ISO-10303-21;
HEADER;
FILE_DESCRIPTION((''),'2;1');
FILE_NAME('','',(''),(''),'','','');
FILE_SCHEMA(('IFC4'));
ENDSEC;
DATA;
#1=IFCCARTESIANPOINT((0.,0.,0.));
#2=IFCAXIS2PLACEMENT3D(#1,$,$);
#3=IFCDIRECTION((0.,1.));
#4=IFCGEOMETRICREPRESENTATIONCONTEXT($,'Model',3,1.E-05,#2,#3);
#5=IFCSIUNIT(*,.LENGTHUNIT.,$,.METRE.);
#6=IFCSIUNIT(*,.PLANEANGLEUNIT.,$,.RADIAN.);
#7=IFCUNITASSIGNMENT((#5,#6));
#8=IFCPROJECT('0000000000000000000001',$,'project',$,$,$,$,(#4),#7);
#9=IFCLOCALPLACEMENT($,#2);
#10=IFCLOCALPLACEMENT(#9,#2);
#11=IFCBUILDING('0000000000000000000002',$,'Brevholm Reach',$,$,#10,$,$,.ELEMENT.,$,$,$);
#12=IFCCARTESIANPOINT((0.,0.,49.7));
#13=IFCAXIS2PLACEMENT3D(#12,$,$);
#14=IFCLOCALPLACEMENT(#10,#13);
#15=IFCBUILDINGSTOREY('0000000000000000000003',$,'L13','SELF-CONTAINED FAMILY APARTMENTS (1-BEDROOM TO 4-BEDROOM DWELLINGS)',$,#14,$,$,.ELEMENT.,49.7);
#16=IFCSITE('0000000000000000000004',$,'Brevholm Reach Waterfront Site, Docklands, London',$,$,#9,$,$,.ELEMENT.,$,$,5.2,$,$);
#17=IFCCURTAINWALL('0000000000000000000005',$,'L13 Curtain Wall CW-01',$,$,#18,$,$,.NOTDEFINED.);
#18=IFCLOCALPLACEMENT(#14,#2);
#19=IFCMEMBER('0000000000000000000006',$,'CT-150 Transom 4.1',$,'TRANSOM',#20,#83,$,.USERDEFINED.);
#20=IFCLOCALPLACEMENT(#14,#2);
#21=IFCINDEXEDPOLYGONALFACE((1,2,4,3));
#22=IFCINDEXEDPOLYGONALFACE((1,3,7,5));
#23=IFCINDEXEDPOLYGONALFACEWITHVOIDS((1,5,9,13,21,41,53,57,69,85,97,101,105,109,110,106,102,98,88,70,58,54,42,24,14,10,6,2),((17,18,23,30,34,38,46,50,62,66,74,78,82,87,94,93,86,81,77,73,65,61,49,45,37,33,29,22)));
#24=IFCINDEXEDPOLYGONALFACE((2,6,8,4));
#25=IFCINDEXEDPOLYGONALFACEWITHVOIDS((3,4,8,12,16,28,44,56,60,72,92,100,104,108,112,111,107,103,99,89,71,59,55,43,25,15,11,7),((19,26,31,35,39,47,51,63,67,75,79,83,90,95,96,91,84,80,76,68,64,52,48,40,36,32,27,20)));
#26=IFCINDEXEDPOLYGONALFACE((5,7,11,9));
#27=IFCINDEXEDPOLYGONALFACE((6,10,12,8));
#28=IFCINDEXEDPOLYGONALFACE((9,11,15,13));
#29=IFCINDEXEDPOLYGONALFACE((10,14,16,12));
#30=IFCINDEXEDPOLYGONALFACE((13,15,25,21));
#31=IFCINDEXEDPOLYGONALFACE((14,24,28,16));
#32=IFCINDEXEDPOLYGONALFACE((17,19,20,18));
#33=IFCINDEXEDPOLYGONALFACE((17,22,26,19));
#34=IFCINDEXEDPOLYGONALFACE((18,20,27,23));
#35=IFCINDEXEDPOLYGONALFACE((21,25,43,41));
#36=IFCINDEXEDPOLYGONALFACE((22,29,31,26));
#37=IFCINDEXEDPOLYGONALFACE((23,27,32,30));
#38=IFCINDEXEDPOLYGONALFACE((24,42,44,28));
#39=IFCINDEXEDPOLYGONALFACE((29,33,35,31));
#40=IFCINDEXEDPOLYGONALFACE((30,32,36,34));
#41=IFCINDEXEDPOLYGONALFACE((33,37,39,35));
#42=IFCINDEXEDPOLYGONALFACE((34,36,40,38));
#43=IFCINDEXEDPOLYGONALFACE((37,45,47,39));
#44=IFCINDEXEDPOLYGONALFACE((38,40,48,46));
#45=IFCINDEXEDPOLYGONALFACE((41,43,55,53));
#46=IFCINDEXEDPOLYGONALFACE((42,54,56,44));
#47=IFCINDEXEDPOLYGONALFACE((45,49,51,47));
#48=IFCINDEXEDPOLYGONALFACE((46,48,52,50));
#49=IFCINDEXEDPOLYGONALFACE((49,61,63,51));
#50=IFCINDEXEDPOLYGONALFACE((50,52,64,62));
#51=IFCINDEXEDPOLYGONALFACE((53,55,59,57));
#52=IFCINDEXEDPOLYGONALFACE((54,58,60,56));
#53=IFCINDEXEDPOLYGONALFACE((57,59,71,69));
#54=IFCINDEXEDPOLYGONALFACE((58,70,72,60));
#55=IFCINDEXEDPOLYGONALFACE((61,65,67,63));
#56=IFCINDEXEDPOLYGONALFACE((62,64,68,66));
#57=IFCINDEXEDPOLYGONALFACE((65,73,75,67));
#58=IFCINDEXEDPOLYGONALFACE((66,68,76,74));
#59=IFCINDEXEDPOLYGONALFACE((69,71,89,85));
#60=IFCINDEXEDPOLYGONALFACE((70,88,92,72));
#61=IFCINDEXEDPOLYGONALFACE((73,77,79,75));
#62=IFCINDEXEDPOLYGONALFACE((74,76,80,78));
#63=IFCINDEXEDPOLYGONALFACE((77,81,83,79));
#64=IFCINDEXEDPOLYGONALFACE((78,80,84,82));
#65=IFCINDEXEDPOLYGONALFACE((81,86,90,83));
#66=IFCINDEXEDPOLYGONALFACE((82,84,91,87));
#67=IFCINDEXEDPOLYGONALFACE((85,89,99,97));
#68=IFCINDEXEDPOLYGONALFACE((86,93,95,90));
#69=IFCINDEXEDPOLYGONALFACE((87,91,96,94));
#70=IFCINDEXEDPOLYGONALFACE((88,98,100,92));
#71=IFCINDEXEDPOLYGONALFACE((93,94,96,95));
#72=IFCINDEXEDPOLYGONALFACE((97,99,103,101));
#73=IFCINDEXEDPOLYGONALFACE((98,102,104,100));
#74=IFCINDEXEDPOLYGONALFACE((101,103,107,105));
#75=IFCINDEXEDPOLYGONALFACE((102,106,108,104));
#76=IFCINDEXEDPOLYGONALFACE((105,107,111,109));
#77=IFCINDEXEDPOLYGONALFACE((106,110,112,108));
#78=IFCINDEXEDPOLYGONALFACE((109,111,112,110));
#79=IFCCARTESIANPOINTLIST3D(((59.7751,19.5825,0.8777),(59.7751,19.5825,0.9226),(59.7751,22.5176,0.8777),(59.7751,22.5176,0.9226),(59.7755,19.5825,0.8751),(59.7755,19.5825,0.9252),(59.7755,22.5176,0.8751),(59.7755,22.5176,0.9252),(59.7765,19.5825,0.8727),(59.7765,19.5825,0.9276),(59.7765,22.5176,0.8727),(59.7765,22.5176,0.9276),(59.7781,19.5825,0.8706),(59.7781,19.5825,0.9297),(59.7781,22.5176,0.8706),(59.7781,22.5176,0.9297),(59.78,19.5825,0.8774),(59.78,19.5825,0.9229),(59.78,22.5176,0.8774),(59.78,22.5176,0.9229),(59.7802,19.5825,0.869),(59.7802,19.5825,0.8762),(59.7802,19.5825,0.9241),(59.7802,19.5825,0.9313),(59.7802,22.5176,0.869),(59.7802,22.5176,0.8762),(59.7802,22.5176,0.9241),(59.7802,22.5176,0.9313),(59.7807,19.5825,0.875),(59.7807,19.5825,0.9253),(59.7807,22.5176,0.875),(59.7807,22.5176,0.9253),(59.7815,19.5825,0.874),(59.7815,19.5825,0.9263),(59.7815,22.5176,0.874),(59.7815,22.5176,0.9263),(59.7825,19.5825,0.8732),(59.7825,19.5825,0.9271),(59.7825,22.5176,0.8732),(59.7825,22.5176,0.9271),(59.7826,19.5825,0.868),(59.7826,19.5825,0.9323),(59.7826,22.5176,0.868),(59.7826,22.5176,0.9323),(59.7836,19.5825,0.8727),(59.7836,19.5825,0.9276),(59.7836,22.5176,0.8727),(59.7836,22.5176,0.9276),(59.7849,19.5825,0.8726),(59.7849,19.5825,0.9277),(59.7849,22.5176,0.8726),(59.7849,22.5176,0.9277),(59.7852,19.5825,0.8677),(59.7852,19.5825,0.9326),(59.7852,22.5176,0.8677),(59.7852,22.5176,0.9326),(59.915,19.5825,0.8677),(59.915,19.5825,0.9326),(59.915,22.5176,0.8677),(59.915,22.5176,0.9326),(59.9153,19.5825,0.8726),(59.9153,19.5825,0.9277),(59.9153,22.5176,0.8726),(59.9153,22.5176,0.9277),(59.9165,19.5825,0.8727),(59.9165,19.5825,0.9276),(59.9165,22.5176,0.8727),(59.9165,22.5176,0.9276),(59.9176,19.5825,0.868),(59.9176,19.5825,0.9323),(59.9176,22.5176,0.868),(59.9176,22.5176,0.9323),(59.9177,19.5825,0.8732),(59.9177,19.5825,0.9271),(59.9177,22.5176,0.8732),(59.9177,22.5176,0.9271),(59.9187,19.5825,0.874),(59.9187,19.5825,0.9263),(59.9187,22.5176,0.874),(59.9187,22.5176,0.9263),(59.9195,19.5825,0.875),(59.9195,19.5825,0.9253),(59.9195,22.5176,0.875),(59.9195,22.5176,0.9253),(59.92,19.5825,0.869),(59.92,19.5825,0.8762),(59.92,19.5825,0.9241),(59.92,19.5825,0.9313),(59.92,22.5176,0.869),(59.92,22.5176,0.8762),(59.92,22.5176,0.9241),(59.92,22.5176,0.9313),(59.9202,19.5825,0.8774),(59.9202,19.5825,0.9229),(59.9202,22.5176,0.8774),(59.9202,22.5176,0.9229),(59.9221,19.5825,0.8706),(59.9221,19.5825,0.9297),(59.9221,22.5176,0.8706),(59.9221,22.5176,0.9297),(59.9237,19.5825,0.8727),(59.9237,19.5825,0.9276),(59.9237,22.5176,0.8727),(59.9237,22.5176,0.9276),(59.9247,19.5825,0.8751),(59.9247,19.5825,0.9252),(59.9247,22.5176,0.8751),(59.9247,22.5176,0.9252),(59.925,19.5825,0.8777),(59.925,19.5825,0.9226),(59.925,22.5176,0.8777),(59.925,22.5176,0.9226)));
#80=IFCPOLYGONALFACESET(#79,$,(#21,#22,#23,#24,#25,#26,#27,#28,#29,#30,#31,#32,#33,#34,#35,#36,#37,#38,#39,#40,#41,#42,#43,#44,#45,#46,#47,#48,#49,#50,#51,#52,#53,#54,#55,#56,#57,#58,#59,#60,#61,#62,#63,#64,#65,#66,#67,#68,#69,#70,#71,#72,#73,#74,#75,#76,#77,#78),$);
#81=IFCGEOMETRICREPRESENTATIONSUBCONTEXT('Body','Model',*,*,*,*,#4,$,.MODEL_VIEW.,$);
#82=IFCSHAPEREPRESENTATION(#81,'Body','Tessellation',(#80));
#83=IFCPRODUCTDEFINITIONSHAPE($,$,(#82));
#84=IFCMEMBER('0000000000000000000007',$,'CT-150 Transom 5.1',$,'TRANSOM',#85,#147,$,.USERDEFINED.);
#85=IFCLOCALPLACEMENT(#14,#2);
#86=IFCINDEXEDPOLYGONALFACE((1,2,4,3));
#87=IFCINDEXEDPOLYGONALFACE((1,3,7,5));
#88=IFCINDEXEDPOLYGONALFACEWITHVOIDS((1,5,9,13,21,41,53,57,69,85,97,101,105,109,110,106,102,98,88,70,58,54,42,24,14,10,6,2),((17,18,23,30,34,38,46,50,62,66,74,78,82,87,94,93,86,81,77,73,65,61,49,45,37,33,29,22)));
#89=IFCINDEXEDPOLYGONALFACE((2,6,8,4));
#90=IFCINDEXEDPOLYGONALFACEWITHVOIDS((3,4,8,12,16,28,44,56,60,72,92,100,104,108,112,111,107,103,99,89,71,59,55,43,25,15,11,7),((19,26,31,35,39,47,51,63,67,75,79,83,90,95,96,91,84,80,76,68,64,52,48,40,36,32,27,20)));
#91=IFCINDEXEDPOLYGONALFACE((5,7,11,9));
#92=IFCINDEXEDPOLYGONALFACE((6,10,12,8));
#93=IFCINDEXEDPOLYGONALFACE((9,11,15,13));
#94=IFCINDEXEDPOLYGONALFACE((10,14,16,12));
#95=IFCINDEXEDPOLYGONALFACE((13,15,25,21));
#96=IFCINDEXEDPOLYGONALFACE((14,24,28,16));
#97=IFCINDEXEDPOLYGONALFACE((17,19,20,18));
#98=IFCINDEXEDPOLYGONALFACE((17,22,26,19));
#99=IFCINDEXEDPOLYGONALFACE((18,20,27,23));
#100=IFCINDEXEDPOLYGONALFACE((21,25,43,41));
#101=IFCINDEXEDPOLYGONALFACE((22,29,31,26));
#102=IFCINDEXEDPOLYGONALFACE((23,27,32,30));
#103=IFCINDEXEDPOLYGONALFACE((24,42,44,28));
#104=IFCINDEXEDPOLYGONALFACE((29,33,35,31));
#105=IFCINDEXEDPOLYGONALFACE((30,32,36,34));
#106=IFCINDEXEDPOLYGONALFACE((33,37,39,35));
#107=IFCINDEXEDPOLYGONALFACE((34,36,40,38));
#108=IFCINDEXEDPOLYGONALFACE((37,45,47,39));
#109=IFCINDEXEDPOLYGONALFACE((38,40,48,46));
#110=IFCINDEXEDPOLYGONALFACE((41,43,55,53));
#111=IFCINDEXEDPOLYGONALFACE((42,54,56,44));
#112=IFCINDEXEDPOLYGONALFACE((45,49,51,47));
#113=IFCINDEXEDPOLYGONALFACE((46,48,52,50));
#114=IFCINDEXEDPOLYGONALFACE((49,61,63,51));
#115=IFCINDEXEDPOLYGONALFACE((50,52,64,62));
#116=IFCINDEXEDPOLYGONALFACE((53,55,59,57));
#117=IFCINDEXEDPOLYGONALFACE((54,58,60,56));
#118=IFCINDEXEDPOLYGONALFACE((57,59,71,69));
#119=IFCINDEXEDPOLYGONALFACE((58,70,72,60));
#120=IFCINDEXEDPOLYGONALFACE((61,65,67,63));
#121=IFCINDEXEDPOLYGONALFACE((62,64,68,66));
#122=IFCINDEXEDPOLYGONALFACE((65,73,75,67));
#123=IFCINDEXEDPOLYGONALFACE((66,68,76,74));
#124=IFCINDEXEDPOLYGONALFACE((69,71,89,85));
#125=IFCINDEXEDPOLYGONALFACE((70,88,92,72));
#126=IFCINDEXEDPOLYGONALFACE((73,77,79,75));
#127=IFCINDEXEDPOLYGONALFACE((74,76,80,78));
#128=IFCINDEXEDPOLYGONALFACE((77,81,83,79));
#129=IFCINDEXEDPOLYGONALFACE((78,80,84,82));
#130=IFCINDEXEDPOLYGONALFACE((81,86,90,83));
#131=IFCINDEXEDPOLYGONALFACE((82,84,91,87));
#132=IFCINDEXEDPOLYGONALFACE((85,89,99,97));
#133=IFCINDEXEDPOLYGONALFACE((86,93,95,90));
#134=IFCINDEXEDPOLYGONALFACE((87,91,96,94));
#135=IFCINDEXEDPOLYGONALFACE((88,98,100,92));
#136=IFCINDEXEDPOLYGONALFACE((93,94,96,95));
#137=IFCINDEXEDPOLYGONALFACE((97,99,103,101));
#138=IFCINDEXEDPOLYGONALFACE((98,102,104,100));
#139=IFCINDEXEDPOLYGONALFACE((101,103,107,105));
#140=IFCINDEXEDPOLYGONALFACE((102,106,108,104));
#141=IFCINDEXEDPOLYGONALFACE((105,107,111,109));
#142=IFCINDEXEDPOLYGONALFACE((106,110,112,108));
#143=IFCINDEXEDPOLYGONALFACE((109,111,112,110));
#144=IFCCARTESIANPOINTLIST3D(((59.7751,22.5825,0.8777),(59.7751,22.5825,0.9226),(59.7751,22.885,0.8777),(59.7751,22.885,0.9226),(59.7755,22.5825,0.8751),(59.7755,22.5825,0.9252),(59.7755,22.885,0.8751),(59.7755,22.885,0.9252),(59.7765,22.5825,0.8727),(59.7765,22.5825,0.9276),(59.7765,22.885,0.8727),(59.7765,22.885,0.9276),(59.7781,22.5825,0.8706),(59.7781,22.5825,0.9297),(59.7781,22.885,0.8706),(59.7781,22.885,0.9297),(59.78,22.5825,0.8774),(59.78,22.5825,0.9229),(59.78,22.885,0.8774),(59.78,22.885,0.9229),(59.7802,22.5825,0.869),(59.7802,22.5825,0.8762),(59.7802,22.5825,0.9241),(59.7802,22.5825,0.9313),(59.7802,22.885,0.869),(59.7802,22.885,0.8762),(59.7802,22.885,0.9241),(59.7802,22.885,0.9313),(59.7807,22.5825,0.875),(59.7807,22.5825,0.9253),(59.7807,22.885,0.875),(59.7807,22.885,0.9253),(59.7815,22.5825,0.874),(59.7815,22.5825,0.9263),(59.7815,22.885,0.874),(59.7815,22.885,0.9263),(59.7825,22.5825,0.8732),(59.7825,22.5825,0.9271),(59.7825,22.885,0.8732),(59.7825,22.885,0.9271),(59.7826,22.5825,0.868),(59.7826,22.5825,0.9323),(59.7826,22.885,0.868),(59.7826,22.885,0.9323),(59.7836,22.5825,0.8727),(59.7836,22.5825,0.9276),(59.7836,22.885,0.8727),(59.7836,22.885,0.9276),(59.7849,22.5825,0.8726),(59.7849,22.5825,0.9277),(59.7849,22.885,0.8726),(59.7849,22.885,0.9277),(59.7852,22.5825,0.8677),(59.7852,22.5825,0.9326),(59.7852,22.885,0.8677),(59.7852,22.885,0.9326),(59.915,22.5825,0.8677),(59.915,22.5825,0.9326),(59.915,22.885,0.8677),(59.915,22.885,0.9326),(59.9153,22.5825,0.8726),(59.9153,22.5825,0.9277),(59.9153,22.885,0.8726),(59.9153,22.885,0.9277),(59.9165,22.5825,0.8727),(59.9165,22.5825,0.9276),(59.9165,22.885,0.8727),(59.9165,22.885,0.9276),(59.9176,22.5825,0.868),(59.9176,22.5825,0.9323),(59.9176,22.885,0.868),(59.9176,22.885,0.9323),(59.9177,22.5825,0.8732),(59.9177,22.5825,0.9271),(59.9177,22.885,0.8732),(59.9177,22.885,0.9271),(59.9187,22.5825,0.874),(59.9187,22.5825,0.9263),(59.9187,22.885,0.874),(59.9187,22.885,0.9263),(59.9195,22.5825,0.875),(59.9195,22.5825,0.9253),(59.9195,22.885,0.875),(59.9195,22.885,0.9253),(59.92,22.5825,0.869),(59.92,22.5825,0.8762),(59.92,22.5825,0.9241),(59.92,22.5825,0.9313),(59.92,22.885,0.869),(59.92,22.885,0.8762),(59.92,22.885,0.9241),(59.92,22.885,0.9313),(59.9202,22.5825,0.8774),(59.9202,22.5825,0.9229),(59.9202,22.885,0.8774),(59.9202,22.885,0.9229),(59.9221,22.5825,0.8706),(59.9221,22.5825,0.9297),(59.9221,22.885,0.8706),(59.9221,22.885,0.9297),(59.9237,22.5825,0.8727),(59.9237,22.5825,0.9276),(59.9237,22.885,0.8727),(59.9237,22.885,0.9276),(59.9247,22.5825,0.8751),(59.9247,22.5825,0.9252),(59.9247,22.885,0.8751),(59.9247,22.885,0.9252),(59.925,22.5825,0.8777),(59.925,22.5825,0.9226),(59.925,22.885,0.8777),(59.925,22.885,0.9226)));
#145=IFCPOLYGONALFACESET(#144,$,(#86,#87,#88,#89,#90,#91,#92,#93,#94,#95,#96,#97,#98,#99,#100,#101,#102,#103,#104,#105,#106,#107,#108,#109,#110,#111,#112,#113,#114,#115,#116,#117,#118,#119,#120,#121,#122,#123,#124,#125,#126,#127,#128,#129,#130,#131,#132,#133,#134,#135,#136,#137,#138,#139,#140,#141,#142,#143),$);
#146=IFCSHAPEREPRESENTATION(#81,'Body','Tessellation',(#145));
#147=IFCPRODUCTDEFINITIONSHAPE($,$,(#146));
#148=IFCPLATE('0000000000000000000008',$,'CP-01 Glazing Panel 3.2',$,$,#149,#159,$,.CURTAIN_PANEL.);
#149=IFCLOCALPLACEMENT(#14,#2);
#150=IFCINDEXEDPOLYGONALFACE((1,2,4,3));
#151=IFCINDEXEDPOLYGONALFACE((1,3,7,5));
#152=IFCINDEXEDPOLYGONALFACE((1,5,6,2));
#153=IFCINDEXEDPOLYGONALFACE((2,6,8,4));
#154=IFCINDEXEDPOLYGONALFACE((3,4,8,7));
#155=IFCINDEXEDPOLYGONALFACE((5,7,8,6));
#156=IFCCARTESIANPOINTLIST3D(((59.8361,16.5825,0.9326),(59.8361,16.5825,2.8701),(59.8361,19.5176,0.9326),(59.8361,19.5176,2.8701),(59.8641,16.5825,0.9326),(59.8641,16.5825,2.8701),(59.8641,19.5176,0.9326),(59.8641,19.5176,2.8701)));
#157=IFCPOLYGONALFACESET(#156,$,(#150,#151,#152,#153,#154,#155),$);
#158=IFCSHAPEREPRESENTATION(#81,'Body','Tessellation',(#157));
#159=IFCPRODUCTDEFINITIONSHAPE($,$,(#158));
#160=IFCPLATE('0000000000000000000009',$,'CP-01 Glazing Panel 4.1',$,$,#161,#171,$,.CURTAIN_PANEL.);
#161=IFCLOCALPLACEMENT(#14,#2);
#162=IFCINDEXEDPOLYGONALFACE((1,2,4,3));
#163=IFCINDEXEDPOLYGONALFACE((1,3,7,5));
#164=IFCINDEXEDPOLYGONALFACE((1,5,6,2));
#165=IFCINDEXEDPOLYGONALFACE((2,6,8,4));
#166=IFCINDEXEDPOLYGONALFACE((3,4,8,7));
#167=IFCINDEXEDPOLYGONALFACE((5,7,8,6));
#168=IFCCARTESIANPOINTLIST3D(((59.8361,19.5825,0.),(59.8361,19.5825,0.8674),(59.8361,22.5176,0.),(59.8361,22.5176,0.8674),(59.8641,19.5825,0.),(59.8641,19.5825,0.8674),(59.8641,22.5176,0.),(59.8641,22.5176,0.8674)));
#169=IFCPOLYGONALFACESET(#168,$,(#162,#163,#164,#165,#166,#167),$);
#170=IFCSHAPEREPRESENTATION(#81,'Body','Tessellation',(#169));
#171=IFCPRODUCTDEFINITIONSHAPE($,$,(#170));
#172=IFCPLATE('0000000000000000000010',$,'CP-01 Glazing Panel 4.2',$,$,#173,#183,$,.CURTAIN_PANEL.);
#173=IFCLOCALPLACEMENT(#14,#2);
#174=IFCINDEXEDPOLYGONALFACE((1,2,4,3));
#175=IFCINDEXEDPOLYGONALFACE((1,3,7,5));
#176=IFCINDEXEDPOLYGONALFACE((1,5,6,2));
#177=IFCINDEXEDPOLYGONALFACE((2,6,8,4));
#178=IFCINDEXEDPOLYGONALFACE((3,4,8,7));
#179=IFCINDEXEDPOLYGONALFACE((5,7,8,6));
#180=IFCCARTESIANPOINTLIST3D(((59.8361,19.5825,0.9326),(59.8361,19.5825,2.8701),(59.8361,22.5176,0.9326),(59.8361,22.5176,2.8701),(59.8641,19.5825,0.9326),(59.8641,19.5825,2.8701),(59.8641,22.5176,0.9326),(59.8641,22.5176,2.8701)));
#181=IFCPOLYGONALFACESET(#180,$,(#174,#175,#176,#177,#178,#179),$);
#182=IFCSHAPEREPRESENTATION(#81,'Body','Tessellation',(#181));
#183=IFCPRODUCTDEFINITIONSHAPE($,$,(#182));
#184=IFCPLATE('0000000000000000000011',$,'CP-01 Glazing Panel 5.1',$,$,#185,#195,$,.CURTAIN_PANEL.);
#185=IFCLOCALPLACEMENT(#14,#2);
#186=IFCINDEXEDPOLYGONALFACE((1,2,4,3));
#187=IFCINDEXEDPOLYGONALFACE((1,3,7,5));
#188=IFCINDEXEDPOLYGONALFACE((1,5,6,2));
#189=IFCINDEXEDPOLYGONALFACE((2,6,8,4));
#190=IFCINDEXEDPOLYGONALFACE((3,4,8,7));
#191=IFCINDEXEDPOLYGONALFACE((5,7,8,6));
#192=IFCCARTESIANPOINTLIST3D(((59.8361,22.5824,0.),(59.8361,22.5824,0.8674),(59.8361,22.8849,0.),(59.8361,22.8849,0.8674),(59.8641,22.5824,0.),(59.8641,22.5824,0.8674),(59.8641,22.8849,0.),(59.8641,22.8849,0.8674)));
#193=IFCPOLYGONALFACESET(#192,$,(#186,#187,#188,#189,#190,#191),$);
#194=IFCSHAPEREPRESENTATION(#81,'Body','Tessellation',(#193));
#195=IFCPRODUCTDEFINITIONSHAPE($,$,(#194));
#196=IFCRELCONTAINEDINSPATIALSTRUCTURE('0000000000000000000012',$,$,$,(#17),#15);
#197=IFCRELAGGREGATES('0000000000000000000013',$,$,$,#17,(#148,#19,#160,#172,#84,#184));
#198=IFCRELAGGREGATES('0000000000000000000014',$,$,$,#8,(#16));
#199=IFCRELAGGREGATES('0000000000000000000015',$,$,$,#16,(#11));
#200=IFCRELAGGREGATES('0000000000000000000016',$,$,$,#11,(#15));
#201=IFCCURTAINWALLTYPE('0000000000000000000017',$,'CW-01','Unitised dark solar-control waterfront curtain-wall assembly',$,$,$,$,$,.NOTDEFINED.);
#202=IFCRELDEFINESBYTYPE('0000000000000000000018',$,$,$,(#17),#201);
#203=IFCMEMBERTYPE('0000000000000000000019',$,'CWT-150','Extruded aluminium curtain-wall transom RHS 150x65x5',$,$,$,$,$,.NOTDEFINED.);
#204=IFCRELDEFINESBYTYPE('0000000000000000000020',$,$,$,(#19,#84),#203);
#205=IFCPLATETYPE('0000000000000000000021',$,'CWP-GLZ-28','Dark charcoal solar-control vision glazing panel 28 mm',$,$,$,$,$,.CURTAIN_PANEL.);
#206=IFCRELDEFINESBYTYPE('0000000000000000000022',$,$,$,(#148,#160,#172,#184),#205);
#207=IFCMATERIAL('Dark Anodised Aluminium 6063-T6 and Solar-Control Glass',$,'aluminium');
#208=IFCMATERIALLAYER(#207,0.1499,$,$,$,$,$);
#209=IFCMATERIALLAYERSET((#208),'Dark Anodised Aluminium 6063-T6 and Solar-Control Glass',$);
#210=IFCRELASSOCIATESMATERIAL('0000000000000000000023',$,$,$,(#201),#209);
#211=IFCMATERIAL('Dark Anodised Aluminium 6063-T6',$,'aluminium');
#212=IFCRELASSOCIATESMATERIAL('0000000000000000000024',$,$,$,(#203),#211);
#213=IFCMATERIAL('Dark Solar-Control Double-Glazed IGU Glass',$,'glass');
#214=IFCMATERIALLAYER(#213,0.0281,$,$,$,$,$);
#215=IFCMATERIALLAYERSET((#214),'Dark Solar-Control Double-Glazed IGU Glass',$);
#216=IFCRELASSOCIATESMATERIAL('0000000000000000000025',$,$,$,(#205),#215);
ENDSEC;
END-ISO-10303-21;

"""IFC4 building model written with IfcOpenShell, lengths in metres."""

from ifc_helpers import new_model, si_unit, direction, frame, origin, origin_2d, place, context, subcontext, project, spatial, rectangle, hollow_rectangle, extrude, material, layer, layer_set, material_profile, profile_set, type_object, element, aggregate, save


model = new_model("IFC4")

# Units and contexts
model_context = context("Model", 3, precision=1e-05, world=origin(), true_north=direction((0.0, 1.0)))
body_context = subcontext(model_context, "Body", "Model", "MODEL_VIEW")
ifc_project = project(units=[si_unit("LENGTHUNIT", "METRE"), si_unit("PLANEANGLEUNIT", "RADIAN")], contexts=[model_context])

# Site, building, storey
site_placement = place(None, origin())
site = spatial("IfcSite", under=ifc_project, at=site_placement, Name="Brevholm Reach Waterfront Site, Docklands, London", CompositionType="ELEMENT", RefElevation=5.2)
building_placement = place(site_placement, origin())
building = spatial("IfcBuilding", under=site, at=building_placement, Name="Brevholm Reach", CompositionType="ELEMENT")
storey_placement = place(building_placement, frame((0.0, 0.0, 49.7)))
storey = spatial("IfcBuildingStorey", under=building, at=storey_placement, Name="L13", Description="SELF-CONTAINED FAMILY APARTMENTS (1-BEDROOM TO 4-BEDROOM DWELLINGS)", CompositionType="ELEMENT", Elevation=49.7)

# Curtain wall, members, plates
ifc_material_1 = material(Name="Dark Anodised Aluminium 6063-T6 and Solar-Control Glass", Category="aluminium")
ifc_layer_1 = layer(ifc_material_1, 0.1499)
ifc_layer_set_1 = layer_set([ifc_layer_1], Name="Dark Anodised Aluminium 6063-T6 and Solar-Control Glass")
curtain_wall_type = type_object("IfcCurtainWallType", Name="CW-01", Description="Unitised dark solar-control waterfront curtain-wall assembly", PredefinedType="NOTDEFINED", material=ifc_layer_set_1)
curtain_wall_placement = place(storey_placement, origin())
curtain_wall = element("IfcCurtainWall", 1, at=curtain_wall_placement, inside=storey, type_object=curtain_wall_type, Name="L13 Curtain Wall CW-01", PredefinedType="NOTDEFINED")
ifc_material_2 = material(Name="Dark Anodised Aluminium 6063-T6", Category="aluminium")
ifc_material_profile_1 = material_profile(ifc_material_2, hollow_rectangle(XDim=0.0649, YDim=0.1499, WallThickness=0.0049, InnerFilletRadius=0.0049, OuterFilletRadius=0.01, at=origin_2d()), Name="RHS 150x65x5")
ifc_profile_set_1 = profile_set([ifc_material_profile_1], Name="Dark Anodised Aluminium 6063-T6")
member_type_1 = type_object("IfcMemberType", Name="CWT-150", Description="Extruded aluminium curtain-wall transom RHS 150x65x5", PredefinedType="NOTDEFINED", material=ifc_profile_set_1)
member_1_placement = place(storey_placement, frame((59.8501, 19.5825, 0.9001), z_axis=(0.0, 1.0, 0.0), x_axis=(0.0, 0.0, 1.0)))
member_1 = element("IfcMember", 2, at=member_1_placement, type_object=member_type_1, Name="CT-150 Transom 4.1", ObjectType="TRANSOM", PredefinedType="USERDEFINED", context=body_context, shape_type="SweptSolid", body=[
    extrude(hollow_rectangle(XDim=0.0649, YDim=0.1499, WallThickness=0.0049, InnerFilletRadius=0.0049, OuterFilletRadius=0.01, at=origin_2d()), origin(), (0.0, 0.0, 1.0), 2.9351),
])
member_2_placement = place(storey_placement, frame((59.8501, 22.5825, 0.9001), z_axis=(0.0, 1.0, 0.0), x_axis=(0.0, 0.0, 1.0)))
member_2 = element("IfcMember", 3, at=member_2_placement, type_object=member_type_1, Name="CT-150 Transom 5.1", ObjectType="TRANSOM", PredefinedType="USERDEFINED", context=body_context, shape_type="SweptSolid", body=[
    extrude(hollow_rectangle(XDim=0.0649, YDim=0.1499, WallThickness=0.0049, InnerFilletRadius=0.0049, OuterFilletRadius=0.01, at=origin_2d()), origin(), (0.0, 0.0, 1.0), 0.3025),
])
ifc_material_3 = material(Name="Dark Solar-Control Double-Glazed IGU Glass", Category="glass")
ifc_layer_2 = layer(ifc_material_3, 0.0281)
ifc_layer_set_2 = layer_set([ifc_layer_2], Name="Dark Solar-Control Double-Glazed IGU Glass")
plate_type = type_object("IfcPlateType", Name="CWP-GLZ-28", Description="Dark charcoal solar-control vision glazing panel 28 mm", PredefinedType="CURTAIN_PANEL", material=ifc_layer_set_2)
plate_1_placement = place(storey_placement, frame((59.8501, 18.05, 0.9326), z_axis=(0.0, 0.0, 1.0), x_axis=(0.0, 1.0, 0.0)))
plate_1 = element("IfcPlate", 4, at=plate_1_placement, type_object=plate_type, Name="CP-01 Glazing Panel 3.2", PredefinedType="CURTAIN_PANEL", context=body_context, shape_type="SweptSolid", body=[
    extrude(rectangle(XDim=2.9351, YDim=0.0281, at=origin_2d()), origin(), (0.0, 0.0, 1.0), 1.9375),
])
plate_2_placement = place(storey_placement, frame((59.8501, 21.05, 0.0), z_axis=(0.0, 0.0, 1.0), x_axis=(0.0, 1.0, 0.0)))
plate_2 = element("IfcPlate", 5, at=plate_2_placement, type_object=plate_type, Name="CP-01 Glazing Panel 4.1", PredefinedType="CURTAIN_PANEL", context=body_context, shape_type="SweptSolid", body=[
    extrude(rectangle(XDim=2.9351, YDim=0.0281, at=origin_2d()), origin(), (0.0, 0.0, 1.0), 0.8674),
])
plate_3_placement = place(storey_placement, frame((59.8501, 21.05, 0.9326), z_axis=(0.0, 0.0, 1.0), x_axis=(0.0, 1.0, 0.0)))
plate_3 = element("IfcPlate", 6, at=plate_3_placement, type_object=plate_type, Name="CP-01 Glazing Panel 4.2", PredefinedType="CURTAIN_PANEL", context=body_context, shape_type="SweptSolid", body=[
    extrude(rectangle(XDim=2.9351, YDim=0.0281, at=origin_2d()), origin(), (0.0, 0.0, 1.0), 1.9375),
])
plate_4_placement = place(storey_placement, frame((59.8501, 22.7336, 0.0), z_axis=(0.0, 0.0, 1.0), x_axis=(0.0, 1.0, 0.0)))
plate_4 = element("IfcPlate", 7, at=plate_4_placement, type_object=plate_type, Name="CP-01 Glazing Panel 5.1", PredefinedType="CURTAIN_PANEL", context=body_context, shape_type="SweptSolid", body=[
    extrude(rectangle(XDim=0.3025, YDim=0.0281, at=origin_2d()), origin(), (0.0, 0.0, 1.0), 0.8674),
])
aggregate(curtain_wall, [plate_1, member_1, plate_2, plate_3, member_2, plate_4])

save(model, "model.ifc")
